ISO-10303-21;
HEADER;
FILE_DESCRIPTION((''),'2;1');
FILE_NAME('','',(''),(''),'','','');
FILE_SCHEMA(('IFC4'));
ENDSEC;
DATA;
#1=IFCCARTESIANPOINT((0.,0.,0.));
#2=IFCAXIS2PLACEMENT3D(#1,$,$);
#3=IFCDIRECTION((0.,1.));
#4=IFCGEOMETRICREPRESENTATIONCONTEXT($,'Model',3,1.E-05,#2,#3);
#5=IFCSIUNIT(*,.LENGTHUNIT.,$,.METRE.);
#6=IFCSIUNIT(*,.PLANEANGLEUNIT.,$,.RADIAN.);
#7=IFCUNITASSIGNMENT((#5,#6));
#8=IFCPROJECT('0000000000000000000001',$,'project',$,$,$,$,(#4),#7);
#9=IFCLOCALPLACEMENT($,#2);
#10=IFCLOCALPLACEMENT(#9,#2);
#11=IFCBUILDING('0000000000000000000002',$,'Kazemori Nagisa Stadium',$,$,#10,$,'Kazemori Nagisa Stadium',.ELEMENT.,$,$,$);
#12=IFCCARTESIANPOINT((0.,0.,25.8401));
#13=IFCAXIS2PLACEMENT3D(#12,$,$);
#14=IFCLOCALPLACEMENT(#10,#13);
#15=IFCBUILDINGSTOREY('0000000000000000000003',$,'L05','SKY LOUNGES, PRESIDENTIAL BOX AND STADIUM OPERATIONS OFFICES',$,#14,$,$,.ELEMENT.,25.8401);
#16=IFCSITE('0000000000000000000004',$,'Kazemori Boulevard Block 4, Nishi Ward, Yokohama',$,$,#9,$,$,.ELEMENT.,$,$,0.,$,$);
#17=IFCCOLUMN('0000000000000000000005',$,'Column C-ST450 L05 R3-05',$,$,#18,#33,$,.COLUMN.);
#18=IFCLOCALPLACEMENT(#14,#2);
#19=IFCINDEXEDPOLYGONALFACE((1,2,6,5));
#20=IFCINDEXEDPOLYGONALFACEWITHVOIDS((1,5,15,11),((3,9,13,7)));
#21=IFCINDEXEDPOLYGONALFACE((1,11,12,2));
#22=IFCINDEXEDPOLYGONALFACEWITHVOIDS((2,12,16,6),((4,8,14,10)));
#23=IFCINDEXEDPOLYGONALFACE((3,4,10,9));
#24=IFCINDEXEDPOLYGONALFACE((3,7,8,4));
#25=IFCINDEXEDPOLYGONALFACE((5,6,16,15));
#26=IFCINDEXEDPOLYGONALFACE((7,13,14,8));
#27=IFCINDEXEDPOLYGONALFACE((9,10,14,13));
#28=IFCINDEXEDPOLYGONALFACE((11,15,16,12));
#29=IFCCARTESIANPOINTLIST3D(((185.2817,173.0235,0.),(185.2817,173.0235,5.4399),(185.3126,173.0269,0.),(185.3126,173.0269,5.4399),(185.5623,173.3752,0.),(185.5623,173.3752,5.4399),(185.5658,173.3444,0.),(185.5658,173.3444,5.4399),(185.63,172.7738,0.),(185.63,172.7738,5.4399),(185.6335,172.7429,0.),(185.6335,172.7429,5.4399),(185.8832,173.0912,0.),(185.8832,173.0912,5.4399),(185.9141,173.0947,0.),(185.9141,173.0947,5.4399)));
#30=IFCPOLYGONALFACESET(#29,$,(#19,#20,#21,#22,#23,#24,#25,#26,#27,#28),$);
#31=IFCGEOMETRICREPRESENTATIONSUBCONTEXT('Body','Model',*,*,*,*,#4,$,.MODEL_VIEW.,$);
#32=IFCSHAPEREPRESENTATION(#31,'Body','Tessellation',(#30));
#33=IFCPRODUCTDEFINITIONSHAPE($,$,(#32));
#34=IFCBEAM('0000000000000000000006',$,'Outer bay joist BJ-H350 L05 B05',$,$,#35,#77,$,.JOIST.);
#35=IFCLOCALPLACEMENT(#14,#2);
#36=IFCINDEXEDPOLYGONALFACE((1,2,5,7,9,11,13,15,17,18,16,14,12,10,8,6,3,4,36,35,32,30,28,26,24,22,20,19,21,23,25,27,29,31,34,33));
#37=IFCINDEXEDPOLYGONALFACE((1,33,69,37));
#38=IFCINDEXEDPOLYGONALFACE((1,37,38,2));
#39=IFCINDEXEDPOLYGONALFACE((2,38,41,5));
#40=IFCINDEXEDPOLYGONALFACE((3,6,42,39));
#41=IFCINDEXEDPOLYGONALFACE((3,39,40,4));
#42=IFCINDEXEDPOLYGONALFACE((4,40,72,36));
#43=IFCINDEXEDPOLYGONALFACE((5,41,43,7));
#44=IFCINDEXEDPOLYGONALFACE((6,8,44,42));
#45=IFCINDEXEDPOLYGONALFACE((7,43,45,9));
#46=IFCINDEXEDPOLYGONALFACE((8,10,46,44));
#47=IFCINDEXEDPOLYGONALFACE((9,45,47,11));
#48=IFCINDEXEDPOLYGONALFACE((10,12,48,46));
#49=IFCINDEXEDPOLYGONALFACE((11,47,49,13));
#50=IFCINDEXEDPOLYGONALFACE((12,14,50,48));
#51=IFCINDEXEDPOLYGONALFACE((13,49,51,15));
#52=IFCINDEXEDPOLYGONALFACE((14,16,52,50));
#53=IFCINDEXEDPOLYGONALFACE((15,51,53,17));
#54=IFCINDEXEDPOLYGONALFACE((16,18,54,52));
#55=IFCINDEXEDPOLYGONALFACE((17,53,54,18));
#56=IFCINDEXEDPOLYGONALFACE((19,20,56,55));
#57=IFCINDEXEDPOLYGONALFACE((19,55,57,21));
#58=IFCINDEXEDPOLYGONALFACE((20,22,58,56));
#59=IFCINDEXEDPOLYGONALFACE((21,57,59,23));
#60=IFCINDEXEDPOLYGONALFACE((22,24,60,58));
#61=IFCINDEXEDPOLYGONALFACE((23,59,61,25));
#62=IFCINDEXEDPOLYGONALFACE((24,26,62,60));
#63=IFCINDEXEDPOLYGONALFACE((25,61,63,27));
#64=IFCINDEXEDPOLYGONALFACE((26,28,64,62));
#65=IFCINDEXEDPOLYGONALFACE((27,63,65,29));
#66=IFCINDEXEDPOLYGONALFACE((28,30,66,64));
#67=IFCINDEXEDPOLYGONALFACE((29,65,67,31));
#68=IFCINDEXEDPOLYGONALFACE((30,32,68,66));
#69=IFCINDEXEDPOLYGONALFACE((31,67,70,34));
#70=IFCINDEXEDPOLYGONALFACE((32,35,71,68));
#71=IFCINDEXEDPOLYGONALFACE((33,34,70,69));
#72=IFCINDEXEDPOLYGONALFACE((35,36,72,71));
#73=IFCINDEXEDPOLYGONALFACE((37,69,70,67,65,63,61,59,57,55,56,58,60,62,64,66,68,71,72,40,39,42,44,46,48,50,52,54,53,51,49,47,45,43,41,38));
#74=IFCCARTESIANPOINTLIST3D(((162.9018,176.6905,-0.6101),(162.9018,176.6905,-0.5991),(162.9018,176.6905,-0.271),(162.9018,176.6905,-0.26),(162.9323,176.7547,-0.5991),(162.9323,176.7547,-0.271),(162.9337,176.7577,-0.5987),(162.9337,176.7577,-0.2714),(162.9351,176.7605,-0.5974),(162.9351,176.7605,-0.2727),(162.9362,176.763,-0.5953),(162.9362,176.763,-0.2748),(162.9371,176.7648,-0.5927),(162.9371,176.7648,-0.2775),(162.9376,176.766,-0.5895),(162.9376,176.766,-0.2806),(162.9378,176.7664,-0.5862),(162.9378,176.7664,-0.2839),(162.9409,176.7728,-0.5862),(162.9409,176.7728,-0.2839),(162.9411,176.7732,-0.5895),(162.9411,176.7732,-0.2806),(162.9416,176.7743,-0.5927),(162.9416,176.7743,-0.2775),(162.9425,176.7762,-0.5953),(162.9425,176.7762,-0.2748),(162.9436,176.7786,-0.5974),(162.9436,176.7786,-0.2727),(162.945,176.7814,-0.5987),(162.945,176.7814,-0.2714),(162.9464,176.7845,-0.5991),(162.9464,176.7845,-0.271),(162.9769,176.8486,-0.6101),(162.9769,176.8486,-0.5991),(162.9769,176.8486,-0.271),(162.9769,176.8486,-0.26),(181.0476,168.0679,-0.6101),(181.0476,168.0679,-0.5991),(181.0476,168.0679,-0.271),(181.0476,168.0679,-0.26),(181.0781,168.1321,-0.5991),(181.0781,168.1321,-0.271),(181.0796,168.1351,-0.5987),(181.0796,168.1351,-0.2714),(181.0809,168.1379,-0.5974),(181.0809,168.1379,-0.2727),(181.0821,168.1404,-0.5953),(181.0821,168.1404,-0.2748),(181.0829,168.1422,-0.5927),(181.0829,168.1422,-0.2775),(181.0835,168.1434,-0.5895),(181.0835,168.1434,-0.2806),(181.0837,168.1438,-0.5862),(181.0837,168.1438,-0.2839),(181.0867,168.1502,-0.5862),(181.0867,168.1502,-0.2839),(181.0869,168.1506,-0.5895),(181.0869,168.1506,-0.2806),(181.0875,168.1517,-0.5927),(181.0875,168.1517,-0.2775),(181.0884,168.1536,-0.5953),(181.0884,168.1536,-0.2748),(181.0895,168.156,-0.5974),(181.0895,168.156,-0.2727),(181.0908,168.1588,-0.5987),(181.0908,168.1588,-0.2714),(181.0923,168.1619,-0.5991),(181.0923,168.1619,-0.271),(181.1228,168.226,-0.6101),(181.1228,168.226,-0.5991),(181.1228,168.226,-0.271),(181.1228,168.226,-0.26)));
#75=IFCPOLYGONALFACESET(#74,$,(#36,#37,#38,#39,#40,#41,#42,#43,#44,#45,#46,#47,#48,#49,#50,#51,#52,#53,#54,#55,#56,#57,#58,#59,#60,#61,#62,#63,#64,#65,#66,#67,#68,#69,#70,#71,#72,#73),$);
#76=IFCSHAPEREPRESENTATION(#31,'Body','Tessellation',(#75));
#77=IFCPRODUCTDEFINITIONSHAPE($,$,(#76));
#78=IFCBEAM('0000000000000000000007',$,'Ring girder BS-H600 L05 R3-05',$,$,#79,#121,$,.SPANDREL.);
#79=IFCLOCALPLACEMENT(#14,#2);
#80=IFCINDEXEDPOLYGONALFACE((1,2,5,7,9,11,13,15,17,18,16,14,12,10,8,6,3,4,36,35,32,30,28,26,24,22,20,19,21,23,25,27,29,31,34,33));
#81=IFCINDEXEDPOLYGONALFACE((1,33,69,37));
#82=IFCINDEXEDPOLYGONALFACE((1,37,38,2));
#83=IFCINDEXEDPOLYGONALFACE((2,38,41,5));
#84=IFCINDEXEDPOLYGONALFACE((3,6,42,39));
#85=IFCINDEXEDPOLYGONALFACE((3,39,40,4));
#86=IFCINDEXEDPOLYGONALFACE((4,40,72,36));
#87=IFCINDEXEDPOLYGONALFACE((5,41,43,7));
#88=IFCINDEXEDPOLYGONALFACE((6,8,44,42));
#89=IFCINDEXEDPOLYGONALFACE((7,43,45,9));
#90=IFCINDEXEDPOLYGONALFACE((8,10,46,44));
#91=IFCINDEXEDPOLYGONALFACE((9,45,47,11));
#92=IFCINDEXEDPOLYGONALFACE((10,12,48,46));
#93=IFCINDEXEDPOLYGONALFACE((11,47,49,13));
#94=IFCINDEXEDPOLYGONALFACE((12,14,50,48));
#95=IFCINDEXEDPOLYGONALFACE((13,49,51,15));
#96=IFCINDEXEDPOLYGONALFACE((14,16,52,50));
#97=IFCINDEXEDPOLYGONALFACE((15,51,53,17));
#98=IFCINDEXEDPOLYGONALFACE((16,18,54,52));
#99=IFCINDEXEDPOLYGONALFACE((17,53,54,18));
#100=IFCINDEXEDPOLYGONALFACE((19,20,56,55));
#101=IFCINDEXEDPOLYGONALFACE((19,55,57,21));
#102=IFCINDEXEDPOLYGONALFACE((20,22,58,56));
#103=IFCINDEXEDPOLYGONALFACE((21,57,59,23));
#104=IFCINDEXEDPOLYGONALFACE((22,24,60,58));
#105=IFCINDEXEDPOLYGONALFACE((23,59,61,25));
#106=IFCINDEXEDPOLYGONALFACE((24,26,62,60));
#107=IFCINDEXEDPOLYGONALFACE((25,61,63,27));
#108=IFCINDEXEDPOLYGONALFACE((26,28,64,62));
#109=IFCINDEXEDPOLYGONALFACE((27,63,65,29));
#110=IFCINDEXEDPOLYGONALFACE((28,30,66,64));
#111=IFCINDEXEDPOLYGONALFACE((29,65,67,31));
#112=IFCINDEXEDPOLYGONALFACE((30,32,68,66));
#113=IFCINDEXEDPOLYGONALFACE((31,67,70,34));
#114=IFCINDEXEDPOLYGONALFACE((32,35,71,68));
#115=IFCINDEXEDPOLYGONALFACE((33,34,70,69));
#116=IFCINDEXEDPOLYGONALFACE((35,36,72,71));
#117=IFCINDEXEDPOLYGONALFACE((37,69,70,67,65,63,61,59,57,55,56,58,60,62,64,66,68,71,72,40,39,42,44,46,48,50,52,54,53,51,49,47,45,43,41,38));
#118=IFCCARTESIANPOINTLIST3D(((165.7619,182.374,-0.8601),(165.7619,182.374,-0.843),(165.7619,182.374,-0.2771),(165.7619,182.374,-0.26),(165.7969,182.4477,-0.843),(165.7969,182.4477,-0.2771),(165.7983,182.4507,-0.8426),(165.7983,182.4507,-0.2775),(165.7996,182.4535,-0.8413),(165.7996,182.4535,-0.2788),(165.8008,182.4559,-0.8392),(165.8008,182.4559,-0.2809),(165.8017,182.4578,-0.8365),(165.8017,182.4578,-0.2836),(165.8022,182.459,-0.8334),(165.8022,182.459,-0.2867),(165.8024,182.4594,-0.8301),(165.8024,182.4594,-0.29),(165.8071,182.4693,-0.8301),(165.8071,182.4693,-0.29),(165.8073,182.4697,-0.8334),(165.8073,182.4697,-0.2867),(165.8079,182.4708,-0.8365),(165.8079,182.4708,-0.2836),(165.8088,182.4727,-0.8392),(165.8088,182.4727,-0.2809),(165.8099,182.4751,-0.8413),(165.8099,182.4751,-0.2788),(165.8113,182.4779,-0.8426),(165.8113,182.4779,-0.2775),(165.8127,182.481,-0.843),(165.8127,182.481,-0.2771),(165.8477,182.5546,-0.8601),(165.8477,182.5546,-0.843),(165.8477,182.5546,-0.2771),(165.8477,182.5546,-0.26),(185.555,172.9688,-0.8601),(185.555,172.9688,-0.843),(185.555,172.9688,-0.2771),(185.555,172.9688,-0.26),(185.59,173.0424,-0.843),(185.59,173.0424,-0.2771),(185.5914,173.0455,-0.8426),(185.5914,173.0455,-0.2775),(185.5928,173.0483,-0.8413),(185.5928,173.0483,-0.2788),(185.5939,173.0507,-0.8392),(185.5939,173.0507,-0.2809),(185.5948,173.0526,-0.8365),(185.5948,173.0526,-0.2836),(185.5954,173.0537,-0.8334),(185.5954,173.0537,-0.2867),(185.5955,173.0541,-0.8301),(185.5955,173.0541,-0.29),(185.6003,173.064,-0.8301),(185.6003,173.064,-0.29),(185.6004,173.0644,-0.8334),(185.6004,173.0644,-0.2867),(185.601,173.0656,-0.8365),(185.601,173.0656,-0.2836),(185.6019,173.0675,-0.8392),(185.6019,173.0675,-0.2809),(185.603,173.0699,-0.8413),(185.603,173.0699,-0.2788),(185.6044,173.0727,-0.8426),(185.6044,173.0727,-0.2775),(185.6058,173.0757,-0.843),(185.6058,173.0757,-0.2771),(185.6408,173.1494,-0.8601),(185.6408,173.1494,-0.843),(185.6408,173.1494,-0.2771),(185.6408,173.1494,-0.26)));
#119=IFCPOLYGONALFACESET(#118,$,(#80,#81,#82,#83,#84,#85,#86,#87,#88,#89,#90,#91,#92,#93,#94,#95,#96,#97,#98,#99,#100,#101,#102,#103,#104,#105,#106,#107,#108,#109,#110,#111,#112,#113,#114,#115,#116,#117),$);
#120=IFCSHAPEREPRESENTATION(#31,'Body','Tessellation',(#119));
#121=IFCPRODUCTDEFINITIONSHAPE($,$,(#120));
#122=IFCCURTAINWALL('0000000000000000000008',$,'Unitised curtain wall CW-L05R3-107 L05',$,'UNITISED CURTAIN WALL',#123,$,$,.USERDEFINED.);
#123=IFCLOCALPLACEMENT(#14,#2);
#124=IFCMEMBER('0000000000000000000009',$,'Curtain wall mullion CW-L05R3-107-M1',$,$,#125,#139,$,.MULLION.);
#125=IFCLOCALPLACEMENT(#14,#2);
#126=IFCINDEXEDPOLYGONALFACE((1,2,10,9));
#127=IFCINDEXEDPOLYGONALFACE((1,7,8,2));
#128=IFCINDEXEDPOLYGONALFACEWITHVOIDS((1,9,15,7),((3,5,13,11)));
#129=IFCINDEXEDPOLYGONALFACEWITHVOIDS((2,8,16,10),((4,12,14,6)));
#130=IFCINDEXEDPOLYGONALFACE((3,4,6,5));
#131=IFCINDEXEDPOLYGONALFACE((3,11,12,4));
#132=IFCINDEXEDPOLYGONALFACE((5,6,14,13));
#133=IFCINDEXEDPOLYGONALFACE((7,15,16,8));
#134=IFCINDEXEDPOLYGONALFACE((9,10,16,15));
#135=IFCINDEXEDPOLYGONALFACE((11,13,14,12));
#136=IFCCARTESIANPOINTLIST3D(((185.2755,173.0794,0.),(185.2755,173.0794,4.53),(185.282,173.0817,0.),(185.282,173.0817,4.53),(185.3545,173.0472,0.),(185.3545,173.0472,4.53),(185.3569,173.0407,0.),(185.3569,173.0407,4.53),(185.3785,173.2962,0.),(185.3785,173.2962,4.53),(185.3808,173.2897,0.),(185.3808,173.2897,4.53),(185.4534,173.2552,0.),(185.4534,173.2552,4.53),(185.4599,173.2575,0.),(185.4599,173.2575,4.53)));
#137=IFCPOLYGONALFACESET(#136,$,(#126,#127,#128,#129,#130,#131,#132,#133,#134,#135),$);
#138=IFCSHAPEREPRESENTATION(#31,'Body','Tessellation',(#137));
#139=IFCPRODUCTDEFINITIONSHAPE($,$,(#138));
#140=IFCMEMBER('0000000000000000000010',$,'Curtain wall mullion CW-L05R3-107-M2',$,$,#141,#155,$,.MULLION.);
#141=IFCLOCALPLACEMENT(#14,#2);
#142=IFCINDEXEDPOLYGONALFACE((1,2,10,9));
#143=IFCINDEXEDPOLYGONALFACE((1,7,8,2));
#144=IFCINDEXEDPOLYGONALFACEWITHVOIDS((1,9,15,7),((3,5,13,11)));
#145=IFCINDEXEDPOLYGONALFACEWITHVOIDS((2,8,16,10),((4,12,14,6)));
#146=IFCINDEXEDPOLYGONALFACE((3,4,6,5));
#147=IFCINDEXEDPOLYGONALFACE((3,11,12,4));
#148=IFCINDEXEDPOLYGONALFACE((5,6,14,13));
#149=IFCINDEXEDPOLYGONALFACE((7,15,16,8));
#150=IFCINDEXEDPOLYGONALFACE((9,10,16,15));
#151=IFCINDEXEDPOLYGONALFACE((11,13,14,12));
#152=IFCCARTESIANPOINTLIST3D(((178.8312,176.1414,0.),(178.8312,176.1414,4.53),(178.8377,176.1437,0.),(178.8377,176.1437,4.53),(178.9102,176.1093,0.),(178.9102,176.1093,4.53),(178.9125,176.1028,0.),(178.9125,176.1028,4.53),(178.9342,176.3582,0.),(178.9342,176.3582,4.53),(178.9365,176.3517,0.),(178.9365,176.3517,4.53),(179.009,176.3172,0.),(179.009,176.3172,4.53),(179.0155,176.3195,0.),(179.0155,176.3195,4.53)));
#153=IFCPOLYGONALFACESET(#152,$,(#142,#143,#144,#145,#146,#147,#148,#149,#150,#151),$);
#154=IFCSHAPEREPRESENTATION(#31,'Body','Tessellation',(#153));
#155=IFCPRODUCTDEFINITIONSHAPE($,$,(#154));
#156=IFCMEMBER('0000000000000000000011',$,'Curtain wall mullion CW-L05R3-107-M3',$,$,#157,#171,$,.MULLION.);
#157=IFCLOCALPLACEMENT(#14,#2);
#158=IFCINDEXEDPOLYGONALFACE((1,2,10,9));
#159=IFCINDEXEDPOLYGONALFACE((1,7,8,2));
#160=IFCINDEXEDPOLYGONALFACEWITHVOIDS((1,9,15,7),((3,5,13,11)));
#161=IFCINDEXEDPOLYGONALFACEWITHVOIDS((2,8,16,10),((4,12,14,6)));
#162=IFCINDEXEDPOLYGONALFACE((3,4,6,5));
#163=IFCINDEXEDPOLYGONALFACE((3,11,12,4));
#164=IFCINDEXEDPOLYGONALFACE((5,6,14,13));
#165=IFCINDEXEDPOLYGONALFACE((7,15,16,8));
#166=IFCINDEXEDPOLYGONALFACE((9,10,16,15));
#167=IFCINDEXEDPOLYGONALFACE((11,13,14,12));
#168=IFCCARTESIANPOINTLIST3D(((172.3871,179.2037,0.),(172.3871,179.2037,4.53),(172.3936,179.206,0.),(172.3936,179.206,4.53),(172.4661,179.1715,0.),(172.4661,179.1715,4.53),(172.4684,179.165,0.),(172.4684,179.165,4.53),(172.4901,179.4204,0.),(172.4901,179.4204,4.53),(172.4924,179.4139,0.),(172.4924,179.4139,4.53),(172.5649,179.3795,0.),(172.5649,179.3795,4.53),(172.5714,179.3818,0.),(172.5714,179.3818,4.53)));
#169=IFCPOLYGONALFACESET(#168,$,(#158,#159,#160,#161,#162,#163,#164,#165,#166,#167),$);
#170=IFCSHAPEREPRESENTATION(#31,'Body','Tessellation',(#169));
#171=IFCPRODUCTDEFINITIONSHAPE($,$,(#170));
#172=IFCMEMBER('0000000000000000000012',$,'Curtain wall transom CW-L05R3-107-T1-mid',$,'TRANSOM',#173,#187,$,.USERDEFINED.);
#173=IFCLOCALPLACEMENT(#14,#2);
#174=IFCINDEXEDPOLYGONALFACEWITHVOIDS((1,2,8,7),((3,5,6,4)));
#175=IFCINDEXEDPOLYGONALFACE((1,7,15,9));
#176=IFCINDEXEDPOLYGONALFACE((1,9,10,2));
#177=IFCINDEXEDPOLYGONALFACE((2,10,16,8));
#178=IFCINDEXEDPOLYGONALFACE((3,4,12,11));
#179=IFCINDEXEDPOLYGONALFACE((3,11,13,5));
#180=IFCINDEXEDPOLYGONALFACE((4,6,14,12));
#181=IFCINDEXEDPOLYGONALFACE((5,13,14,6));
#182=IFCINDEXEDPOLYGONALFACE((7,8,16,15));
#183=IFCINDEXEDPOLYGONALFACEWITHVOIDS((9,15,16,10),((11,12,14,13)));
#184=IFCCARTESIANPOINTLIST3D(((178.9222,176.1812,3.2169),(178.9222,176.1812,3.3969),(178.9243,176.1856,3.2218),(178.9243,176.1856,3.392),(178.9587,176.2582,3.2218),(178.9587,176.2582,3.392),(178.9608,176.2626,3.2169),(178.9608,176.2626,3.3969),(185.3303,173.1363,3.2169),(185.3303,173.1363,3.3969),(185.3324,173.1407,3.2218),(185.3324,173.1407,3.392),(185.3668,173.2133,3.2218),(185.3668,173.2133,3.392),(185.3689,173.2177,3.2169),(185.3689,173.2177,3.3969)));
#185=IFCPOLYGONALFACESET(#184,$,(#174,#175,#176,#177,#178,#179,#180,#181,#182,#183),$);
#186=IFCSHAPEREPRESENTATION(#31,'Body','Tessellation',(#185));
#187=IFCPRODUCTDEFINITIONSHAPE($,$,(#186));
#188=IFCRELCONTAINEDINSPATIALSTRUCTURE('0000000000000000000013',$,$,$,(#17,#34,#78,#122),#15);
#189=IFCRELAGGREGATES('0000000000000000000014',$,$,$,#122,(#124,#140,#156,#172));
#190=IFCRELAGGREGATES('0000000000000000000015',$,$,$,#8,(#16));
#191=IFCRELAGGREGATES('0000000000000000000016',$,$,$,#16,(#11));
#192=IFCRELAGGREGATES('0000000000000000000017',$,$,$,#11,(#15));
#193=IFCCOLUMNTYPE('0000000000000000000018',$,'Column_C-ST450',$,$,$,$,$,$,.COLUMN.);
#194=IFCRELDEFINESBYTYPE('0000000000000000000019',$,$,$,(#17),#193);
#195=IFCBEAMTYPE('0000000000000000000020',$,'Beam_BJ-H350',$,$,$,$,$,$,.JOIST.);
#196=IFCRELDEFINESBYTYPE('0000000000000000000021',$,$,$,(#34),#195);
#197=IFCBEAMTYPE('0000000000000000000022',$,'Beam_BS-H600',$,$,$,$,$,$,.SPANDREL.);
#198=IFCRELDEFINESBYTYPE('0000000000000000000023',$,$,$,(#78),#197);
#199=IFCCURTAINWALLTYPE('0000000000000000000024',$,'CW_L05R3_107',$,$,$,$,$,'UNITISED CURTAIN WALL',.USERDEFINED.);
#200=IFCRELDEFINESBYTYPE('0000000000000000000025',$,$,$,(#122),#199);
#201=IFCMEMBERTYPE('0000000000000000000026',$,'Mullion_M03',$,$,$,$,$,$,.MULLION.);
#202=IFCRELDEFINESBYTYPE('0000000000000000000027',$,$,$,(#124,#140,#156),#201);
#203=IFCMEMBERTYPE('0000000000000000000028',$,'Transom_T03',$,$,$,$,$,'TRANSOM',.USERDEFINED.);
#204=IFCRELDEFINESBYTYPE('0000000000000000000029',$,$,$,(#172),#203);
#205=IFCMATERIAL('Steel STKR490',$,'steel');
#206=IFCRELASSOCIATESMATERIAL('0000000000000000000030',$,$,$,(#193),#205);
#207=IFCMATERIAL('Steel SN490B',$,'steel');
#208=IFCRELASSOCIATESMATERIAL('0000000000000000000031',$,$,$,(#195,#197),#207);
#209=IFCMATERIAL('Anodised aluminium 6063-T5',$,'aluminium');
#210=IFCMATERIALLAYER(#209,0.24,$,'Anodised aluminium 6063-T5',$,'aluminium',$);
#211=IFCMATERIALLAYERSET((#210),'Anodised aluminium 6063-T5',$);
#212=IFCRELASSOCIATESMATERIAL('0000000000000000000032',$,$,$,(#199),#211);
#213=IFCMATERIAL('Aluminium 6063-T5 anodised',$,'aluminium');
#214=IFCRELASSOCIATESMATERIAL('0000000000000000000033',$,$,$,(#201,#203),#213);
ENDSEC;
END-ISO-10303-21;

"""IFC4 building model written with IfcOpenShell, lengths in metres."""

from ifc_helpers import new_model, si_unit, direction, frame, origin, origin_2d, place, context, subcontext, project, spatial, hollow_rectangle, i_section, extrude, material, layer, layer_set, material_profile, profile_set, type_object, element, aggregate, save


model = new_model("IFC4")

# Units and contexts
model_context = context("Model", 3, precision=1e-05, world=origin(), true_north=direction((0.0, 1.0)))
body_context = subcontext(model_context, "Body", "Model", "MODEL_VIEW")
ifc_project = project(units=[si_unit("LENGTHUNIT", "METRE"), si_unit("PLANEANGLEUNIT", "RADIAN")], contexts=[model_context])

# Site, building, storey
site_placement = place(None, origin())
site = spatial("IfcSite", under=ifc_project, at=site_placement, Name="Kazemori Boulevard Block 4, Nishi Ward, Yokohama", CompositionType="ELEMENT", RefElevation=0.0)
building_placement = place(site_placement, origin())
building = spatial("IfcBuilding", under=site, at=building_placement, Name="Kazemori Nagisa Stadium", LongName="Kazemori Nagisa Stadium", CompositionType="ELEMENT")
storey_placement = place(building_placement, frame((0.0, 0.0, 25.8401)))
storey = spatial("IfcBuildingStorey", under=building, at=storey_placement, Name="L05", Description="SKY LOUNGES, PRESIDENTIAL BOX AND STADIUM OPERATIONS OFFICES", CompositionType="ELEMENT", Elevation=25.8401)

# Column
ifc_material_1 = material(Name="Steel STKR490", Category="steel")
ifc_material_profile_1 = material_profile(ifc_material_1, hollow_rectangle(XDim=0.45, YDim=0.45, WallThickness=0.022, at=origin_2d()), Name="SHS-450x450x22")
ifc_profile_set_1 = profile_set([ifc_material_profile_1], Name="Steel STKR490")
column_type = type_object("IfcColumnType", Name="Column_C-ST450", PredefinedType="COLUMN", material=ifc_profile_set_1)
column_placement = place(storey_placement, frame((185.5979, 173.0591, 0.0), z_axis=(0.0, 0.0, 1.0), x_axis=(0.62349, 0.781831, 0.0)))
element("IfcColumn", 1, at=column_placement, inside=storey, type_object=column_type, Name="Column C-ST450 L05 R3-05", PredefinedType="COLUMN", context=body_context, shape_type="SweptSolid", body=[
    extrude(hollow_rectangle(XDim=0.45, YDim=0.45, WallThickness=0.022, at=origin_2d()), origin(), (0.0, 0.0, 1.0), 5.4399),
])

# Beams
ifc_material_2 = material(Name="Steel SN490B", Category="steel")
ifc_material_profile_2 = material_profile(ifc_material_2, i_section(OverallWidth=0.175, OverallDepth=0.3501, WebThickness=0.0071, FlangeThickness=0.011, FilletRadius=0.0129, at=origin_2d()), Name="H-350x175x7x11")
ifc_profile_set_2 = profile_set([ifc_material_profile_2], Name="Steel SN490B")
beam_type_1 = type_object("IfcBeamType", Name="Beam_BJ-H350", PredefinedType="JOIST", material=ifc_profile_set_2)
beam_1_placement = place(storey_placement, frame((181.0852, 168.147, -0.4351), z_axis=(-0.903213, 0.429192, 0.0), x_axis=(-0.429192, -0.903213, 0.0)))
element("IfcBeam", 2, at=beam_1_placement, inside=storey, type_object=beam_type_1, Name="Outer bay joist BJ-H350 L05 B05", PredefinedType="JOIST", context=body_context, shape_type="SweptSolid", body=[
    extrude(i_section(OverallWidth=0.175, OverallDepth=0.3501, WebThickness=0.0071, FlangeThickness=0.011, FilletRadius=0.0129, at=origin_2d()), origin(), (0.0, 0.0, 1.0), 20.0903),
])
ifc_material_profile_3 = material_profile(ifc_material_2, i_section(OverallWidth=0.2, OverallDepth=0.6001, WebThickness=0.011, FlangeThickness=0.0171, FilletRadius=0.0129, at=origin_2d()), Name="H-600x200x11x17")
ifc_profile_set_3 = profile_set([ifc_material_profile_3], Name="Steel SN490B")
beam_type_2 = type_object("IfcBeamType", Name="Beam_BS-H600", PredefinedType="SPANDREL", material=ifc_profile_set_3)
beam_2_placement = place(storey_placement, frame((185.5979, 173.0591, -0.5601), z_axis=(-0.903216, 0.429187, 0.0), x_axis=(-0.429187, -0.903216, 0.0)))
element("IfcBeam", 3, at=beam_2_placement, inside=storey, type_object=beam_type_2, Name="Ring girder BS-H600 L05 R3-05", PredefinedType="SPANDREL", context=body_context, shape_type="SweptSolid", body=[
    extrude(i_section(OverallWidth=0.2, OverallDepth=0.6001, WebThickness=0.011, FlangeThickness=0.0171, FilletRadius=0.0129, at=origin_2d()), origin(), (0.0, 0.0, 1.0), 21.9141),
])

# Curtain wall, members
ifc_material_3 = material(Name="Anodised aluminium 6063-T5", Category="aluminium")
ifc_layer_1 = layer(ifc_material_3, 0.24, Name="Anodised aluminium 6063-T5", Category="aluminium")
ifc_layer_set_1 = layer_set([ifc_layer_1], Name="Anodised aluminium 6063-T5")
curtain_wall_type = type_object("IfcCurtainWallType", Name="CW_L05R3_107", ElementType="UNITISED CURTAIN WALL", PredefinedType="USERDEFINED", material=ifc_layer_set_1)
curtain_wall_placement = place(storey_placement, origin())
curtain_wall = element("IfcCurtainWall", 4, at=curtain_wall_placement, inside=storey, type_object=curtain_wall_type, Name="Unitised curtain wall CW-L05R3-107 L05", ObjectType="UNITISED CURTAIN WALL", PredefinedType="USERDEFINED")
ifc_material_4 = material(Name="Aluminium 6063-T5 anodised", Category="aluminium")
ifc_material_profile_4 = material_profile(ifc_material_4, hollow_rectangle(XDim=0.0901, YDim=0.24, WallThickness=0.0049, at=origin_2d()), Name="ALU-MULL-90x240x5")
ifc_profile_set_4 = profile_set([ifc_material_profile_4], Name="Aluminium 6063-T5 anodised")
member_type_1 = type_object("IfcMemberType", Name="Mullion_M03", PredefinedType="MULLION", material=ifc_profile_set_4)
member_1_placement = place(storey_placement, frame((185.3677, 173.1685, 0.0), z_axis=(0.0, 0.0, 1.0), x_axis=(-0.903216, 0.429186, 0.0)))
member_1 = element("IfcMember", 5, at=member_1_placement, type_object=member_type_1, Name="Curtain wall mullion CW-L05R3-107-M1", PredefinedType="MULLION", context=body_context, shape_type="SweptSolid", body=[
    extrude(hollow_rectangle(XDim=0.0901, YDim=0.24, WallThickness=0.0049, at=origin_2d()), origin(), (0.0, 0.0, 1.0), 4.53),
])
member_2_placement = place(storey_placement, frame((178.9233, 176.2305, 0.0), z_axis=(0.0, 0.0, 1.0), x_axis=(-0.903216, 0.429186, 0.0)))
member_2 = element("IfcMember", 6, at=member_2_placement, type_object=member_type_1, Name="Curtain wall mullion CW-L05R3-107-M2", PredefinedType="MULLION", context=body_context, shape_type="SweptSolid", body=[
    extrude(hollow_rectangle(XDim=0.0901, YDim=0.24, WallThickness=0.0049, at=origin_2d()), origin(), (0.0, 0.0, 1.0), 4.53),
])
member_3_placement = place(storey_placement, frame((172.4792, 179.2927, 0.0), z_axis=(0.0, 0.0, 1.0), x_axis=(-0.903216, 0.429186, 0.0)))
member_3 = element("IfcMember", 7, at=member_3_placement, type_object=member_type_1, Name="Curtain wall mullion CW-L05R3-107-M3", PredefinedType="MULLION", context=body_context, shape_type="SweptSolid", body=[
    extrude(hollow_rectangle(XDim=0.0901, YDim=0.24, WallThickness=0.0049, at=origin_2d()), origin(), (0.0, 0.0, 1.0), 4.53),
])
ifc_material_profile_5 = material_profile(ifc_material_4, hollow_rectangle(XDim=0.0901, YDim=0.1799, WallThickness=0.0049, at=origin_2d()), Name="ALU-TRAN-90x180x5")
ifc_profile_set_5 = profile_set([ifc_material_profile_5], Name="Aluminium 6063-T5 anodised")
member_type_2 = type_object("IfcMemberType", Name="Transom_T03", ElementType="TRANSOM", PredefinedType="USERDEFINED", material=ifc_profile_set_5)
member_4_placement = place(storey_placement, frame((185.3496, 173.177, 3.3069), z_axis=(-0.903221, 0.429175, 0.0), x_axis=(-0.429175, -0.903221, 0.0)))
member_4 = element("IfcMember", 8, at=member_4_placement, type_object=member_type_2, Name="Curtain wall transom CW-L05R3-107-T1-mid", ObjectType="TRANSOM", PredefinedType="USERDEFINED", context=body_context, shape_type="SweptSolid", body=[
    extrude(hollow_rectangle(XDim=0.0901, YDim=0.1799, WallThickness=0.0049, at=origin_2d()), origin(), (0.0, 0.0, 1.0), 7.0947),
])
aggregate(curtain_wall, [member_1, member_2, member_3, member_4])

save(model, "model.ifc")
